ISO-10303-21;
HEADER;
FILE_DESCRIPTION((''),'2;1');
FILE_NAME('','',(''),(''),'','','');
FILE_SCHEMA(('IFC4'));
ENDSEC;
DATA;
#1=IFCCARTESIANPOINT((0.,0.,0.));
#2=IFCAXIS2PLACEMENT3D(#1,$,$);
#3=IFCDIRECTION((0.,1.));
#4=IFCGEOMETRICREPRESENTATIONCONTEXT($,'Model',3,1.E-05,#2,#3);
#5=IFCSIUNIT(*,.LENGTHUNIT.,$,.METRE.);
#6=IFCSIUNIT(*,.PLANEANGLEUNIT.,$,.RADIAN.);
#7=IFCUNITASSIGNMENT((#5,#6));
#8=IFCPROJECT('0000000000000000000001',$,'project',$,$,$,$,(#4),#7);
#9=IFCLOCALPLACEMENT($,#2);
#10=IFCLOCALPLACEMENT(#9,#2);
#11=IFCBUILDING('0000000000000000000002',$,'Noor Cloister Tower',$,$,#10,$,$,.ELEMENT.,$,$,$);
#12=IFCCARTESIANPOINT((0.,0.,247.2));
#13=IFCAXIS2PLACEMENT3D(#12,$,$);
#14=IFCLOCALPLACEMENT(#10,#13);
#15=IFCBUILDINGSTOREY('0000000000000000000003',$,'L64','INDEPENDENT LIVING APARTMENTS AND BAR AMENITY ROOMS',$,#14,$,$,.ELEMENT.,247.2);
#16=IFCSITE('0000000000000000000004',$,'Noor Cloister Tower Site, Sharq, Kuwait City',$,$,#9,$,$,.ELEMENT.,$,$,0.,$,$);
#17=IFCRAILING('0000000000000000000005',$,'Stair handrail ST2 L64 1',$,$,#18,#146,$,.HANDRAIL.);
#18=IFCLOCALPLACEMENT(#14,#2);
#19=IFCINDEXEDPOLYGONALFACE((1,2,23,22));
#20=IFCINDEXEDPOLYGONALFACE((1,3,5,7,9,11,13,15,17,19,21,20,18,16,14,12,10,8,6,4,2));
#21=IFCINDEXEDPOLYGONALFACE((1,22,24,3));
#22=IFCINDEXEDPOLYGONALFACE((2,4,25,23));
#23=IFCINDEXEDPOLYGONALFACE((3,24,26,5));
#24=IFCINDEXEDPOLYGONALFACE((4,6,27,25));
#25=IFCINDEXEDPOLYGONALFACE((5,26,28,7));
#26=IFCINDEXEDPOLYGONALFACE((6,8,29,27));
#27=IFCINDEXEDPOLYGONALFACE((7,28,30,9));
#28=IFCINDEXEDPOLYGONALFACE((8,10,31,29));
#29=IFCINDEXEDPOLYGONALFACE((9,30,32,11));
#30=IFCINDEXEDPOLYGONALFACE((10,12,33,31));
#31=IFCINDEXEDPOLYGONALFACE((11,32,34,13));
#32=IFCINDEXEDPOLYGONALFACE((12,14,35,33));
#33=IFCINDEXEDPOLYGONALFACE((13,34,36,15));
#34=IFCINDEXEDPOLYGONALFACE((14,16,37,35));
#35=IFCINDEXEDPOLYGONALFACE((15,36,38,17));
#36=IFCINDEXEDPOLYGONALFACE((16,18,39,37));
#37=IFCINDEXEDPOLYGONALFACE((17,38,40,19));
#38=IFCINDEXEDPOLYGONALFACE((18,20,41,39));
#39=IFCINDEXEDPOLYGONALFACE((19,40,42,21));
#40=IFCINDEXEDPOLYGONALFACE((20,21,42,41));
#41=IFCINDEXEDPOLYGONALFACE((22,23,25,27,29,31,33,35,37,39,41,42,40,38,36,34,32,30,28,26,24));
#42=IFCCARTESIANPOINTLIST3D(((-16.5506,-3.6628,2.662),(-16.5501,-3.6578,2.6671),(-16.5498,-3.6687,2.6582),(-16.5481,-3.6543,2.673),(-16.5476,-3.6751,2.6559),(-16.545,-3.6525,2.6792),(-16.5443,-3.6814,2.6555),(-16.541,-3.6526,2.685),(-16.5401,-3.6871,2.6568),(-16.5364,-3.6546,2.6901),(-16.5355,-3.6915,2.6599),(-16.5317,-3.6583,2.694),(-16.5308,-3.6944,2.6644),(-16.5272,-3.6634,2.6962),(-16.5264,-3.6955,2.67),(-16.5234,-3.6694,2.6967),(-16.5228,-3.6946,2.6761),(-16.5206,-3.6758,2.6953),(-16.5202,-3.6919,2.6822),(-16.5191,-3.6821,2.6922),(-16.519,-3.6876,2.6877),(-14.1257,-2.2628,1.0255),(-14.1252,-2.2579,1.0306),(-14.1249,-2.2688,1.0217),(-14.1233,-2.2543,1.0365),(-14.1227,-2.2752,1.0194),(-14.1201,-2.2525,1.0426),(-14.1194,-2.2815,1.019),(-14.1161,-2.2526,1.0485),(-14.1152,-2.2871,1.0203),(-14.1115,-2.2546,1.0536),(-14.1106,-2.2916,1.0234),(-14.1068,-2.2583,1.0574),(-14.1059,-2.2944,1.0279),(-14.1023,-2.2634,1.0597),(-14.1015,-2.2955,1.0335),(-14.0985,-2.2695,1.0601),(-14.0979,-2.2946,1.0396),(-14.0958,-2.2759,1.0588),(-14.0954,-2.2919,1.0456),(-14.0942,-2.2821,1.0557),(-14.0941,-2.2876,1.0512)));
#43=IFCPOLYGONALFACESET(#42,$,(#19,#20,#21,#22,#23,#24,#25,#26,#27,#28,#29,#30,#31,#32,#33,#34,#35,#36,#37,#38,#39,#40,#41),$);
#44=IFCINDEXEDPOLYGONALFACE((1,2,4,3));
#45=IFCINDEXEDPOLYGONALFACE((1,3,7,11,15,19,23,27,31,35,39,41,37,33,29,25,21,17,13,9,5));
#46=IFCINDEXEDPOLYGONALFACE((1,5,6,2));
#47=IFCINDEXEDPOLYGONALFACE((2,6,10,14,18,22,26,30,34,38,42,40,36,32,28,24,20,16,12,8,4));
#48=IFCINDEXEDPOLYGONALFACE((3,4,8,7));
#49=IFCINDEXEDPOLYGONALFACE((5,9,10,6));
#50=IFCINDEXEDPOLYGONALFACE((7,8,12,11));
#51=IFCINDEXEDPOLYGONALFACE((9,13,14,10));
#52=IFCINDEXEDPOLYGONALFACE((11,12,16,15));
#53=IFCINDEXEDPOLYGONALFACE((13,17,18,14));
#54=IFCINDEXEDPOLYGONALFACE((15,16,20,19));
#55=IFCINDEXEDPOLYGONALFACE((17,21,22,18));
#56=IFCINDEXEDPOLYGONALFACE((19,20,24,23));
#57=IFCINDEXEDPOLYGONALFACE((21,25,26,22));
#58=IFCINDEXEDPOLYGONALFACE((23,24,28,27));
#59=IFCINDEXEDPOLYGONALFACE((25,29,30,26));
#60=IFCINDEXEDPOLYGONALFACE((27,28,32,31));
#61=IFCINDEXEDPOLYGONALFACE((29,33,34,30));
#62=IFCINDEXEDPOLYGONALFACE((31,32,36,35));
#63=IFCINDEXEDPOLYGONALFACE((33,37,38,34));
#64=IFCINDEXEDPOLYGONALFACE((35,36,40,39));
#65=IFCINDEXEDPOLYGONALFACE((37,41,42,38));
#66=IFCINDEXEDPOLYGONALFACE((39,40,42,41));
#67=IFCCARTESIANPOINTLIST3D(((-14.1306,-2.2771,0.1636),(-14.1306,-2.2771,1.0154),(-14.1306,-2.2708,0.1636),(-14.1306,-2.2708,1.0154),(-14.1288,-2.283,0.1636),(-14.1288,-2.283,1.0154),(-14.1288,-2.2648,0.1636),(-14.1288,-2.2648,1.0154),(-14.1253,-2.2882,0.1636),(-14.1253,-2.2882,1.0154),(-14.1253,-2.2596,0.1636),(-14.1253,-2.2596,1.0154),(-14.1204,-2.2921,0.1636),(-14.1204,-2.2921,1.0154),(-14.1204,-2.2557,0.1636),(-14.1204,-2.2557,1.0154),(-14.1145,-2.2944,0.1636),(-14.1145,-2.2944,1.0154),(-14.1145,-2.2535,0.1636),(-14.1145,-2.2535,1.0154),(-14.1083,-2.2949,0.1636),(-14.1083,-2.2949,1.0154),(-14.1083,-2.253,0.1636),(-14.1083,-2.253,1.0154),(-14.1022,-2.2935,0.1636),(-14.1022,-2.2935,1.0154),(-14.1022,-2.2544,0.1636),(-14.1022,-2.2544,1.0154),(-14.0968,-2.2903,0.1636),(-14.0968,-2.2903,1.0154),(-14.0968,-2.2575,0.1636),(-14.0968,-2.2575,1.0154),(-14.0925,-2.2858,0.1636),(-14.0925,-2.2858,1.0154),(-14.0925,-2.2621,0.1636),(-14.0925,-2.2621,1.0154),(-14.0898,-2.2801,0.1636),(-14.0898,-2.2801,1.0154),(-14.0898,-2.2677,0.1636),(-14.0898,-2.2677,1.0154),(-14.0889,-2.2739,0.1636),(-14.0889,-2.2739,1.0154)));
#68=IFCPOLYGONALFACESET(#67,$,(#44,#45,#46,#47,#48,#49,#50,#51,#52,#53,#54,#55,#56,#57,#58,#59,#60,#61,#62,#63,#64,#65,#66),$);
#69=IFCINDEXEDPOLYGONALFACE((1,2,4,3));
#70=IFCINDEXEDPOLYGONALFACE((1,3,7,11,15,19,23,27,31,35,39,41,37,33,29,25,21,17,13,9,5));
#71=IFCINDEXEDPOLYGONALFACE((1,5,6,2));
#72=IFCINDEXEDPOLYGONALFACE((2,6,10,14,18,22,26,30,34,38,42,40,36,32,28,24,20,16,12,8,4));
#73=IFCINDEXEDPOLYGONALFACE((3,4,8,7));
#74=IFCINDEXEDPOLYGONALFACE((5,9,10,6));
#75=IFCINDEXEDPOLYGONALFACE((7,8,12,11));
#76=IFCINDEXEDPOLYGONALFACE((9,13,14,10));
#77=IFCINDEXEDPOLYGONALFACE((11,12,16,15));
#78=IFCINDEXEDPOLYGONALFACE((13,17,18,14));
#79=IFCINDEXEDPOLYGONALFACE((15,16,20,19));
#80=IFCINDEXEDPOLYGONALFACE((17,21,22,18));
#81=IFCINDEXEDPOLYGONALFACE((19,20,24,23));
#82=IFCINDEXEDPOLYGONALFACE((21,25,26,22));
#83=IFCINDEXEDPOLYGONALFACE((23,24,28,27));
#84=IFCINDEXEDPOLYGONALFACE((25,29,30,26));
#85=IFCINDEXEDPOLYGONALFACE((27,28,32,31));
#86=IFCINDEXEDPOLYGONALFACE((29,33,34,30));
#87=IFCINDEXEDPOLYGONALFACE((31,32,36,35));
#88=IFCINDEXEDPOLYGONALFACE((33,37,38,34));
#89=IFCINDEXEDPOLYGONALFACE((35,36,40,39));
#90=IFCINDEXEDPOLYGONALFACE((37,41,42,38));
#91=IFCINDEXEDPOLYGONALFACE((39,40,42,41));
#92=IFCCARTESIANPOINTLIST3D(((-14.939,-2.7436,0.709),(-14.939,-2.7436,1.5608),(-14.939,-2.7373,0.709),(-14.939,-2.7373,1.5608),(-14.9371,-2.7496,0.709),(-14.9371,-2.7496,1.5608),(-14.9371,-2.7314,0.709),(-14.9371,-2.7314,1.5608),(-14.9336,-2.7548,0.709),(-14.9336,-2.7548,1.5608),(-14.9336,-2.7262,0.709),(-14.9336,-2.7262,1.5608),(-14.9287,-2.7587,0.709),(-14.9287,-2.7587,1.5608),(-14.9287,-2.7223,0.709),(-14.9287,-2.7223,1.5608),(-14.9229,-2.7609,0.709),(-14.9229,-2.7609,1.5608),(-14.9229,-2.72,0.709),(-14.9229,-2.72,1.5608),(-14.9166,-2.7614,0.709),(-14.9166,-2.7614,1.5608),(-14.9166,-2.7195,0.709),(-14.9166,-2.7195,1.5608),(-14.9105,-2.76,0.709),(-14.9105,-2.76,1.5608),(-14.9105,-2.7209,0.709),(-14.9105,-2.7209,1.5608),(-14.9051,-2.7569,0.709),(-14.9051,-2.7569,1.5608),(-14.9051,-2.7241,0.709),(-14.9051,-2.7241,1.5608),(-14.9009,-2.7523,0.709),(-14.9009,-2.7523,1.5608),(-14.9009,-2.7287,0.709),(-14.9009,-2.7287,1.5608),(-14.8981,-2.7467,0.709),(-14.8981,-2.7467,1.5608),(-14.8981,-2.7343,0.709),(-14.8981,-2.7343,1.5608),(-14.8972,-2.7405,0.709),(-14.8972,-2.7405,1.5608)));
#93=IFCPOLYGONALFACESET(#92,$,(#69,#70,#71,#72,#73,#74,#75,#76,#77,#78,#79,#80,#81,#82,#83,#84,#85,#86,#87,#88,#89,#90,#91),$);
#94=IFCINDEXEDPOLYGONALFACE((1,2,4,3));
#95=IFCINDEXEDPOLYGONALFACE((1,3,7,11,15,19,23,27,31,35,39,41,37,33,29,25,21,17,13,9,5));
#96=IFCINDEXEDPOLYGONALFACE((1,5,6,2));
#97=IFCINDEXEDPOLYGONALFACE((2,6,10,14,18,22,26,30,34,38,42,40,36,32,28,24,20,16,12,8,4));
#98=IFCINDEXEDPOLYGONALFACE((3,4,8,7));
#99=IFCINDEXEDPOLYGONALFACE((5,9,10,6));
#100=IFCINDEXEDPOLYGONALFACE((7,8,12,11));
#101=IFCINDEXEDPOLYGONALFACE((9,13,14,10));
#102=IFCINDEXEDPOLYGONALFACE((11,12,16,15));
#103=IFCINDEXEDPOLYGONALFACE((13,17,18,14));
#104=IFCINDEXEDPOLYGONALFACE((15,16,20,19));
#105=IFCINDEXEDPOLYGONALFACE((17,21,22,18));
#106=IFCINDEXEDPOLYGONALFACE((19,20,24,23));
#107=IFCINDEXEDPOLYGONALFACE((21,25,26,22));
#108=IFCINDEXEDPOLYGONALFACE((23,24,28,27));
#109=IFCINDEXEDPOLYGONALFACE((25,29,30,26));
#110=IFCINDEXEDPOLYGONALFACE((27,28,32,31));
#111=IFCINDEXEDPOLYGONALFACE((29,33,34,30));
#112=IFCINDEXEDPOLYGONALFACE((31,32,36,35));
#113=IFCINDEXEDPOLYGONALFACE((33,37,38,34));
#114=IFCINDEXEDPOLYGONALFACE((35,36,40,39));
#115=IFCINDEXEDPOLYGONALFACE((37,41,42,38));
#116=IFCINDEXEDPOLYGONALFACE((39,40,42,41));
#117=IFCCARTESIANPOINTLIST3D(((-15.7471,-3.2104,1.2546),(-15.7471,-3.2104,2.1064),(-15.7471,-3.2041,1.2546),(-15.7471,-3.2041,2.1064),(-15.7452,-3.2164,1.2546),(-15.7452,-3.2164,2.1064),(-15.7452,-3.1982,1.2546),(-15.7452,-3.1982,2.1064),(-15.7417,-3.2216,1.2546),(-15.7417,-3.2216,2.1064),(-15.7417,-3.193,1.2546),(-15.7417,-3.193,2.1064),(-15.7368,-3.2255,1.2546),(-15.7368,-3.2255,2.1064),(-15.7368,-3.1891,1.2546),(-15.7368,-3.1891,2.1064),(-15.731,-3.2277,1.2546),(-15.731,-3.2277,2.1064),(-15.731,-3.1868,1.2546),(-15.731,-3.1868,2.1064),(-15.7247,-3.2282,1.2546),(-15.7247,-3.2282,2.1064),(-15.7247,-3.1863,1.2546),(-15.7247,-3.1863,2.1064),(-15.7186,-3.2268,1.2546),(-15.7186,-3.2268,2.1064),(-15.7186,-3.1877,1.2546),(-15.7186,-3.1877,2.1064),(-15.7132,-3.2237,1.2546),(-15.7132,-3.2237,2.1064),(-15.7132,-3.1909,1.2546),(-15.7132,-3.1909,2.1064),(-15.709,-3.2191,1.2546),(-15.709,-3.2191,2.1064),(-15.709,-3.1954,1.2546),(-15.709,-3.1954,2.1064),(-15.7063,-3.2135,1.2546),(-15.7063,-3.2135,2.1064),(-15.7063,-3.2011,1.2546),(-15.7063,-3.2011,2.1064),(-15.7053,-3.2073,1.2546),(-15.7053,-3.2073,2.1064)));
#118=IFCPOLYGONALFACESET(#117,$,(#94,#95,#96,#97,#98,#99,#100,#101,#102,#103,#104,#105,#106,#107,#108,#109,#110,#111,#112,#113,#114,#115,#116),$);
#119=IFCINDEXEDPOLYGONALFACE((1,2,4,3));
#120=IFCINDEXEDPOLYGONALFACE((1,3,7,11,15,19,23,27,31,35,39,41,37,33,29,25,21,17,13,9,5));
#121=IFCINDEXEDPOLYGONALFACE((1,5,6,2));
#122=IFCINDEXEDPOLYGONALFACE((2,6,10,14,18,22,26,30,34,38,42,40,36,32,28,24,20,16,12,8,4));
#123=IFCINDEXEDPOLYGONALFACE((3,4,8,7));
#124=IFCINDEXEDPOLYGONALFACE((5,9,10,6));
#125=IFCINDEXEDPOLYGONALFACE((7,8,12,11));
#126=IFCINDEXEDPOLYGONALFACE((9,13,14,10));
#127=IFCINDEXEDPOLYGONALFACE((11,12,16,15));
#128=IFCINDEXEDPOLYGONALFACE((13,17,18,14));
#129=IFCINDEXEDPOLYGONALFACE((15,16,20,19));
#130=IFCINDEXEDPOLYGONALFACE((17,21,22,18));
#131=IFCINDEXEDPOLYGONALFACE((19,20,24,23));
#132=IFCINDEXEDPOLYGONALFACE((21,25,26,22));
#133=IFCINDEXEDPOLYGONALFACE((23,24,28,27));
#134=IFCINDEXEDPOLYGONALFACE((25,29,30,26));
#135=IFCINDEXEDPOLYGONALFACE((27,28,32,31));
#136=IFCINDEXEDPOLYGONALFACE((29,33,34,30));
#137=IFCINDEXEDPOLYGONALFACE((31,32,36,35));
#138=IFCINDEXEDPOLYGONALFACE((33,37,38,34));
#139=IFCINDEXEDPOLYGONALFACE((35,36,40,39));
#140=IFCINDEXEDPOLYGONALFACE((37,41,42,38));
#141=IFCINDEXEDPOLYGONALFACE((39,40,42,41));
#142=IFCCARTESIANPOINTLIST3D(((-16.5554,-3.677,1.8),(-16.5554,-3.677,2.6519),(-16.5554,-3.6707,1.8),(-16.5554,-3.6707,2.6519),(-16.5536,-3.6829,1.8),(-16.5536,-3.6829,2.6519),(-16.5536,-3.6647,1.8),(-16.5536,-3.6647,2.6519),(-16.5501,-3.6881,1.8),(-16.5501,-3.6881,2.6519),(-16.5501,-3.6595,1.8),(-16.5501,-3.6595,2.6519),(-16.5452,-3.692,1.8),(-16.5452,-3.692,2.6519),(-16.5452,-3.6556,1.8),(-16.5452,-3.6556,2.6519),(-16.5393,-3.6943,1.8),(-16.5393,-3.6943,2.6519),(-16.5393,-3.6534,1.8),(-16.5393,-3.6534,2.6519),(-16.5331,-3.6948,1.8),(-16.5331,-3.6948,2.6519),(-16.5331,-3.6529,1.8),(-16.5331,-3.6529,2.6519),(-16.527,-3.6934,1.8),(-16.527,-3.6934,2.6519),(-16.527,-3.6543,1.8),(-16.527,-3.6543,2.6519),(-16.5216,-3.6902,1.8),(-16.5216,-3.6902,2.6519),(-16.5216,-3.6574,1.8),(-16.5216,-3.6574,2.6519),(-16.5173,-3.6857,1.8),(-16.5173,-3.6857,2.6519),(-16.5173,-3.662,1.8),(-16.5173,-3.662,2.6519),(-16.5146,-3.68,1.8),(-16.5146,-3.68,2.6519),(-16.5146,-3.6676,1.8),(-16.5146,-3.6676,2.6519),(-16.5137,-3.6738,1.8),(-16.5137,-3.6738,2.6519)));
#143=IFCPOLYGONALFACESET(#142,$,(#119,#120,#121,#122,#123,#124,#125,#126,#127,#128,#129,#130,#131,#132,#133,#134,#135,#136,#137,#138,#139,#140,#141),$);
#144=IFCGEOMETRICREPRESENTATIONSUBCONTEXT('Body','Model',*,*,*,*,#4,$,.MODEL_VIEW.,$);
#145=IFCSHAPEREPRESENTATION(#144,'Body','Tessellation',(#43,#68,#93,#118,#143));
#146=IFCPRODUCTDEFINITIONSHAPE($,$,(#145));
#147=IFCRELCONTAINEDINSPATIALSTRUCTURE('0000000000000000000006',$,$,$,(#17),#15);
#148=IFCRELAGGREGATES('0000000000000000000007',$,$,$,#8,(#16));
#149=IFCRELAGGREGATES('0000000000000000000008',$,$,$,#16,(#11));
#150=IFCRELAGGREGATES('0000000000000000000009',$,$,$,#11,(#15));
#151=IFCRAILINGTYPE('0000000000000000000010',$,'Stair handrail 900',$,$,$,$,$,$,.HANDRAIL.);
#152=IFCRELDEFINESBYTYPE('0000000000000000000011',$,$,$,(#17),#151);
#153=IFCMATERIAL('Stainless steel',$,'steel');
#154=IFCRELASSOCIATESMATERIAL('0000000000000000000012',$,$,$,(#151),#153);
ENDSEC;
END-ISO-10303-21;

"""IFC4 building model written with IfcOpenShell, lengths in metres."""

from ifc_helpers import new_model, si_unit, direction, frame, origin, origin_2d, place, context, subcontext, project, spatial, circle, extrude, material, type_object, element, save


model = new_model("IFC4")

# Units and contexts
model_context = context("Model", 3, precision=1e-05, world=origin(), true_north=direction((0.0, 1.0)))
body_context = subcontext(model_context, "Body", "Model", "MODEL_VIEW")
ifc_project = project(units=[si_unit("LENGTHUNIT", "METRE"), si_unit("PLANEANGLEUNIT", "RADIAN")], contexts=[model_context])

# Site, building, storey
site_placement = place(None, origin())
site = spatial("IfcSite", under=ifc_project, at=site_placement, Name="Noor Cloister Tower Site, Sharq, Kuwait City", CompositionType="ELEMENT", RefElevation=0.0)
building_placement = place(site_placement, origin())
building = spatial("IfcBuilding", under=site, at=building_placement, Name="Noor Cloister Tower", CompositionType="ELEMENT")
storey_placement = place(building_placement, frame((0.0, 0.0, 247.2)))
storey = spatial("IfcBuildingStorey", under=building, at=storey_placement, Name="L64", Description="INDEPENDENT LIVING APARTMENTS AND BAR AMENITY ROOMS", CompositionType="ELEMENT", Elevation=247.2)

# Railing
ifc_material_1 = material(Name="Stainless steel", Category="steel")
railing_type_1 = type_object("IfcRailingType", Name="Stair handrail 900", PredefinedType="HANDRAIL", material=ifc_material_1)
railing_1_placement = place(storey_placement, frame((-14.1099, -2.2739, 0.1636)))
element("IfcRailing", 1, at=railing_1_placement, inside=storey, type_object=railing_type_1, Name="Stair handrail ST2 L64 1", PredefinedType="HANDRAIL", context=body_context, shape_type="SweptSolid", body=[
    extrude(circle(Radius=0.0239, at=origin_2d()), frame((0.0, 0.0, 0.876), z_axis=(-0.74769, -0.431661, 0.504608), x_axis=(0.499984, -0.866035, 0.0)), (0.0, 0.0, 1.0), 3.2432),
    extrude(circle(Radius=0.021, at=origin_2d()), origin(), (0.0, 0.0, 1.0), 0.8518),
    extrude(circle(Radius=0.021, at=origin_2d()), frame((-0.8083, -0.4666, 0.5454)), (0.0, 0.0, 1.0), 0.8518),
    extrude(circle(Radius=0.021, at=origin_2d()), frame((-1.6165, -0.9333, 1.0911)), (0.0, 0.0, 1.0), 0.8518),
    extrude(circle(Radius=0.021, at=origin_2d()), frame((-2.4248, -1.3999, 1.6365)), (0.0, 0.0, 1.0), 0.8518),
])

save(model, "model.ifc")
